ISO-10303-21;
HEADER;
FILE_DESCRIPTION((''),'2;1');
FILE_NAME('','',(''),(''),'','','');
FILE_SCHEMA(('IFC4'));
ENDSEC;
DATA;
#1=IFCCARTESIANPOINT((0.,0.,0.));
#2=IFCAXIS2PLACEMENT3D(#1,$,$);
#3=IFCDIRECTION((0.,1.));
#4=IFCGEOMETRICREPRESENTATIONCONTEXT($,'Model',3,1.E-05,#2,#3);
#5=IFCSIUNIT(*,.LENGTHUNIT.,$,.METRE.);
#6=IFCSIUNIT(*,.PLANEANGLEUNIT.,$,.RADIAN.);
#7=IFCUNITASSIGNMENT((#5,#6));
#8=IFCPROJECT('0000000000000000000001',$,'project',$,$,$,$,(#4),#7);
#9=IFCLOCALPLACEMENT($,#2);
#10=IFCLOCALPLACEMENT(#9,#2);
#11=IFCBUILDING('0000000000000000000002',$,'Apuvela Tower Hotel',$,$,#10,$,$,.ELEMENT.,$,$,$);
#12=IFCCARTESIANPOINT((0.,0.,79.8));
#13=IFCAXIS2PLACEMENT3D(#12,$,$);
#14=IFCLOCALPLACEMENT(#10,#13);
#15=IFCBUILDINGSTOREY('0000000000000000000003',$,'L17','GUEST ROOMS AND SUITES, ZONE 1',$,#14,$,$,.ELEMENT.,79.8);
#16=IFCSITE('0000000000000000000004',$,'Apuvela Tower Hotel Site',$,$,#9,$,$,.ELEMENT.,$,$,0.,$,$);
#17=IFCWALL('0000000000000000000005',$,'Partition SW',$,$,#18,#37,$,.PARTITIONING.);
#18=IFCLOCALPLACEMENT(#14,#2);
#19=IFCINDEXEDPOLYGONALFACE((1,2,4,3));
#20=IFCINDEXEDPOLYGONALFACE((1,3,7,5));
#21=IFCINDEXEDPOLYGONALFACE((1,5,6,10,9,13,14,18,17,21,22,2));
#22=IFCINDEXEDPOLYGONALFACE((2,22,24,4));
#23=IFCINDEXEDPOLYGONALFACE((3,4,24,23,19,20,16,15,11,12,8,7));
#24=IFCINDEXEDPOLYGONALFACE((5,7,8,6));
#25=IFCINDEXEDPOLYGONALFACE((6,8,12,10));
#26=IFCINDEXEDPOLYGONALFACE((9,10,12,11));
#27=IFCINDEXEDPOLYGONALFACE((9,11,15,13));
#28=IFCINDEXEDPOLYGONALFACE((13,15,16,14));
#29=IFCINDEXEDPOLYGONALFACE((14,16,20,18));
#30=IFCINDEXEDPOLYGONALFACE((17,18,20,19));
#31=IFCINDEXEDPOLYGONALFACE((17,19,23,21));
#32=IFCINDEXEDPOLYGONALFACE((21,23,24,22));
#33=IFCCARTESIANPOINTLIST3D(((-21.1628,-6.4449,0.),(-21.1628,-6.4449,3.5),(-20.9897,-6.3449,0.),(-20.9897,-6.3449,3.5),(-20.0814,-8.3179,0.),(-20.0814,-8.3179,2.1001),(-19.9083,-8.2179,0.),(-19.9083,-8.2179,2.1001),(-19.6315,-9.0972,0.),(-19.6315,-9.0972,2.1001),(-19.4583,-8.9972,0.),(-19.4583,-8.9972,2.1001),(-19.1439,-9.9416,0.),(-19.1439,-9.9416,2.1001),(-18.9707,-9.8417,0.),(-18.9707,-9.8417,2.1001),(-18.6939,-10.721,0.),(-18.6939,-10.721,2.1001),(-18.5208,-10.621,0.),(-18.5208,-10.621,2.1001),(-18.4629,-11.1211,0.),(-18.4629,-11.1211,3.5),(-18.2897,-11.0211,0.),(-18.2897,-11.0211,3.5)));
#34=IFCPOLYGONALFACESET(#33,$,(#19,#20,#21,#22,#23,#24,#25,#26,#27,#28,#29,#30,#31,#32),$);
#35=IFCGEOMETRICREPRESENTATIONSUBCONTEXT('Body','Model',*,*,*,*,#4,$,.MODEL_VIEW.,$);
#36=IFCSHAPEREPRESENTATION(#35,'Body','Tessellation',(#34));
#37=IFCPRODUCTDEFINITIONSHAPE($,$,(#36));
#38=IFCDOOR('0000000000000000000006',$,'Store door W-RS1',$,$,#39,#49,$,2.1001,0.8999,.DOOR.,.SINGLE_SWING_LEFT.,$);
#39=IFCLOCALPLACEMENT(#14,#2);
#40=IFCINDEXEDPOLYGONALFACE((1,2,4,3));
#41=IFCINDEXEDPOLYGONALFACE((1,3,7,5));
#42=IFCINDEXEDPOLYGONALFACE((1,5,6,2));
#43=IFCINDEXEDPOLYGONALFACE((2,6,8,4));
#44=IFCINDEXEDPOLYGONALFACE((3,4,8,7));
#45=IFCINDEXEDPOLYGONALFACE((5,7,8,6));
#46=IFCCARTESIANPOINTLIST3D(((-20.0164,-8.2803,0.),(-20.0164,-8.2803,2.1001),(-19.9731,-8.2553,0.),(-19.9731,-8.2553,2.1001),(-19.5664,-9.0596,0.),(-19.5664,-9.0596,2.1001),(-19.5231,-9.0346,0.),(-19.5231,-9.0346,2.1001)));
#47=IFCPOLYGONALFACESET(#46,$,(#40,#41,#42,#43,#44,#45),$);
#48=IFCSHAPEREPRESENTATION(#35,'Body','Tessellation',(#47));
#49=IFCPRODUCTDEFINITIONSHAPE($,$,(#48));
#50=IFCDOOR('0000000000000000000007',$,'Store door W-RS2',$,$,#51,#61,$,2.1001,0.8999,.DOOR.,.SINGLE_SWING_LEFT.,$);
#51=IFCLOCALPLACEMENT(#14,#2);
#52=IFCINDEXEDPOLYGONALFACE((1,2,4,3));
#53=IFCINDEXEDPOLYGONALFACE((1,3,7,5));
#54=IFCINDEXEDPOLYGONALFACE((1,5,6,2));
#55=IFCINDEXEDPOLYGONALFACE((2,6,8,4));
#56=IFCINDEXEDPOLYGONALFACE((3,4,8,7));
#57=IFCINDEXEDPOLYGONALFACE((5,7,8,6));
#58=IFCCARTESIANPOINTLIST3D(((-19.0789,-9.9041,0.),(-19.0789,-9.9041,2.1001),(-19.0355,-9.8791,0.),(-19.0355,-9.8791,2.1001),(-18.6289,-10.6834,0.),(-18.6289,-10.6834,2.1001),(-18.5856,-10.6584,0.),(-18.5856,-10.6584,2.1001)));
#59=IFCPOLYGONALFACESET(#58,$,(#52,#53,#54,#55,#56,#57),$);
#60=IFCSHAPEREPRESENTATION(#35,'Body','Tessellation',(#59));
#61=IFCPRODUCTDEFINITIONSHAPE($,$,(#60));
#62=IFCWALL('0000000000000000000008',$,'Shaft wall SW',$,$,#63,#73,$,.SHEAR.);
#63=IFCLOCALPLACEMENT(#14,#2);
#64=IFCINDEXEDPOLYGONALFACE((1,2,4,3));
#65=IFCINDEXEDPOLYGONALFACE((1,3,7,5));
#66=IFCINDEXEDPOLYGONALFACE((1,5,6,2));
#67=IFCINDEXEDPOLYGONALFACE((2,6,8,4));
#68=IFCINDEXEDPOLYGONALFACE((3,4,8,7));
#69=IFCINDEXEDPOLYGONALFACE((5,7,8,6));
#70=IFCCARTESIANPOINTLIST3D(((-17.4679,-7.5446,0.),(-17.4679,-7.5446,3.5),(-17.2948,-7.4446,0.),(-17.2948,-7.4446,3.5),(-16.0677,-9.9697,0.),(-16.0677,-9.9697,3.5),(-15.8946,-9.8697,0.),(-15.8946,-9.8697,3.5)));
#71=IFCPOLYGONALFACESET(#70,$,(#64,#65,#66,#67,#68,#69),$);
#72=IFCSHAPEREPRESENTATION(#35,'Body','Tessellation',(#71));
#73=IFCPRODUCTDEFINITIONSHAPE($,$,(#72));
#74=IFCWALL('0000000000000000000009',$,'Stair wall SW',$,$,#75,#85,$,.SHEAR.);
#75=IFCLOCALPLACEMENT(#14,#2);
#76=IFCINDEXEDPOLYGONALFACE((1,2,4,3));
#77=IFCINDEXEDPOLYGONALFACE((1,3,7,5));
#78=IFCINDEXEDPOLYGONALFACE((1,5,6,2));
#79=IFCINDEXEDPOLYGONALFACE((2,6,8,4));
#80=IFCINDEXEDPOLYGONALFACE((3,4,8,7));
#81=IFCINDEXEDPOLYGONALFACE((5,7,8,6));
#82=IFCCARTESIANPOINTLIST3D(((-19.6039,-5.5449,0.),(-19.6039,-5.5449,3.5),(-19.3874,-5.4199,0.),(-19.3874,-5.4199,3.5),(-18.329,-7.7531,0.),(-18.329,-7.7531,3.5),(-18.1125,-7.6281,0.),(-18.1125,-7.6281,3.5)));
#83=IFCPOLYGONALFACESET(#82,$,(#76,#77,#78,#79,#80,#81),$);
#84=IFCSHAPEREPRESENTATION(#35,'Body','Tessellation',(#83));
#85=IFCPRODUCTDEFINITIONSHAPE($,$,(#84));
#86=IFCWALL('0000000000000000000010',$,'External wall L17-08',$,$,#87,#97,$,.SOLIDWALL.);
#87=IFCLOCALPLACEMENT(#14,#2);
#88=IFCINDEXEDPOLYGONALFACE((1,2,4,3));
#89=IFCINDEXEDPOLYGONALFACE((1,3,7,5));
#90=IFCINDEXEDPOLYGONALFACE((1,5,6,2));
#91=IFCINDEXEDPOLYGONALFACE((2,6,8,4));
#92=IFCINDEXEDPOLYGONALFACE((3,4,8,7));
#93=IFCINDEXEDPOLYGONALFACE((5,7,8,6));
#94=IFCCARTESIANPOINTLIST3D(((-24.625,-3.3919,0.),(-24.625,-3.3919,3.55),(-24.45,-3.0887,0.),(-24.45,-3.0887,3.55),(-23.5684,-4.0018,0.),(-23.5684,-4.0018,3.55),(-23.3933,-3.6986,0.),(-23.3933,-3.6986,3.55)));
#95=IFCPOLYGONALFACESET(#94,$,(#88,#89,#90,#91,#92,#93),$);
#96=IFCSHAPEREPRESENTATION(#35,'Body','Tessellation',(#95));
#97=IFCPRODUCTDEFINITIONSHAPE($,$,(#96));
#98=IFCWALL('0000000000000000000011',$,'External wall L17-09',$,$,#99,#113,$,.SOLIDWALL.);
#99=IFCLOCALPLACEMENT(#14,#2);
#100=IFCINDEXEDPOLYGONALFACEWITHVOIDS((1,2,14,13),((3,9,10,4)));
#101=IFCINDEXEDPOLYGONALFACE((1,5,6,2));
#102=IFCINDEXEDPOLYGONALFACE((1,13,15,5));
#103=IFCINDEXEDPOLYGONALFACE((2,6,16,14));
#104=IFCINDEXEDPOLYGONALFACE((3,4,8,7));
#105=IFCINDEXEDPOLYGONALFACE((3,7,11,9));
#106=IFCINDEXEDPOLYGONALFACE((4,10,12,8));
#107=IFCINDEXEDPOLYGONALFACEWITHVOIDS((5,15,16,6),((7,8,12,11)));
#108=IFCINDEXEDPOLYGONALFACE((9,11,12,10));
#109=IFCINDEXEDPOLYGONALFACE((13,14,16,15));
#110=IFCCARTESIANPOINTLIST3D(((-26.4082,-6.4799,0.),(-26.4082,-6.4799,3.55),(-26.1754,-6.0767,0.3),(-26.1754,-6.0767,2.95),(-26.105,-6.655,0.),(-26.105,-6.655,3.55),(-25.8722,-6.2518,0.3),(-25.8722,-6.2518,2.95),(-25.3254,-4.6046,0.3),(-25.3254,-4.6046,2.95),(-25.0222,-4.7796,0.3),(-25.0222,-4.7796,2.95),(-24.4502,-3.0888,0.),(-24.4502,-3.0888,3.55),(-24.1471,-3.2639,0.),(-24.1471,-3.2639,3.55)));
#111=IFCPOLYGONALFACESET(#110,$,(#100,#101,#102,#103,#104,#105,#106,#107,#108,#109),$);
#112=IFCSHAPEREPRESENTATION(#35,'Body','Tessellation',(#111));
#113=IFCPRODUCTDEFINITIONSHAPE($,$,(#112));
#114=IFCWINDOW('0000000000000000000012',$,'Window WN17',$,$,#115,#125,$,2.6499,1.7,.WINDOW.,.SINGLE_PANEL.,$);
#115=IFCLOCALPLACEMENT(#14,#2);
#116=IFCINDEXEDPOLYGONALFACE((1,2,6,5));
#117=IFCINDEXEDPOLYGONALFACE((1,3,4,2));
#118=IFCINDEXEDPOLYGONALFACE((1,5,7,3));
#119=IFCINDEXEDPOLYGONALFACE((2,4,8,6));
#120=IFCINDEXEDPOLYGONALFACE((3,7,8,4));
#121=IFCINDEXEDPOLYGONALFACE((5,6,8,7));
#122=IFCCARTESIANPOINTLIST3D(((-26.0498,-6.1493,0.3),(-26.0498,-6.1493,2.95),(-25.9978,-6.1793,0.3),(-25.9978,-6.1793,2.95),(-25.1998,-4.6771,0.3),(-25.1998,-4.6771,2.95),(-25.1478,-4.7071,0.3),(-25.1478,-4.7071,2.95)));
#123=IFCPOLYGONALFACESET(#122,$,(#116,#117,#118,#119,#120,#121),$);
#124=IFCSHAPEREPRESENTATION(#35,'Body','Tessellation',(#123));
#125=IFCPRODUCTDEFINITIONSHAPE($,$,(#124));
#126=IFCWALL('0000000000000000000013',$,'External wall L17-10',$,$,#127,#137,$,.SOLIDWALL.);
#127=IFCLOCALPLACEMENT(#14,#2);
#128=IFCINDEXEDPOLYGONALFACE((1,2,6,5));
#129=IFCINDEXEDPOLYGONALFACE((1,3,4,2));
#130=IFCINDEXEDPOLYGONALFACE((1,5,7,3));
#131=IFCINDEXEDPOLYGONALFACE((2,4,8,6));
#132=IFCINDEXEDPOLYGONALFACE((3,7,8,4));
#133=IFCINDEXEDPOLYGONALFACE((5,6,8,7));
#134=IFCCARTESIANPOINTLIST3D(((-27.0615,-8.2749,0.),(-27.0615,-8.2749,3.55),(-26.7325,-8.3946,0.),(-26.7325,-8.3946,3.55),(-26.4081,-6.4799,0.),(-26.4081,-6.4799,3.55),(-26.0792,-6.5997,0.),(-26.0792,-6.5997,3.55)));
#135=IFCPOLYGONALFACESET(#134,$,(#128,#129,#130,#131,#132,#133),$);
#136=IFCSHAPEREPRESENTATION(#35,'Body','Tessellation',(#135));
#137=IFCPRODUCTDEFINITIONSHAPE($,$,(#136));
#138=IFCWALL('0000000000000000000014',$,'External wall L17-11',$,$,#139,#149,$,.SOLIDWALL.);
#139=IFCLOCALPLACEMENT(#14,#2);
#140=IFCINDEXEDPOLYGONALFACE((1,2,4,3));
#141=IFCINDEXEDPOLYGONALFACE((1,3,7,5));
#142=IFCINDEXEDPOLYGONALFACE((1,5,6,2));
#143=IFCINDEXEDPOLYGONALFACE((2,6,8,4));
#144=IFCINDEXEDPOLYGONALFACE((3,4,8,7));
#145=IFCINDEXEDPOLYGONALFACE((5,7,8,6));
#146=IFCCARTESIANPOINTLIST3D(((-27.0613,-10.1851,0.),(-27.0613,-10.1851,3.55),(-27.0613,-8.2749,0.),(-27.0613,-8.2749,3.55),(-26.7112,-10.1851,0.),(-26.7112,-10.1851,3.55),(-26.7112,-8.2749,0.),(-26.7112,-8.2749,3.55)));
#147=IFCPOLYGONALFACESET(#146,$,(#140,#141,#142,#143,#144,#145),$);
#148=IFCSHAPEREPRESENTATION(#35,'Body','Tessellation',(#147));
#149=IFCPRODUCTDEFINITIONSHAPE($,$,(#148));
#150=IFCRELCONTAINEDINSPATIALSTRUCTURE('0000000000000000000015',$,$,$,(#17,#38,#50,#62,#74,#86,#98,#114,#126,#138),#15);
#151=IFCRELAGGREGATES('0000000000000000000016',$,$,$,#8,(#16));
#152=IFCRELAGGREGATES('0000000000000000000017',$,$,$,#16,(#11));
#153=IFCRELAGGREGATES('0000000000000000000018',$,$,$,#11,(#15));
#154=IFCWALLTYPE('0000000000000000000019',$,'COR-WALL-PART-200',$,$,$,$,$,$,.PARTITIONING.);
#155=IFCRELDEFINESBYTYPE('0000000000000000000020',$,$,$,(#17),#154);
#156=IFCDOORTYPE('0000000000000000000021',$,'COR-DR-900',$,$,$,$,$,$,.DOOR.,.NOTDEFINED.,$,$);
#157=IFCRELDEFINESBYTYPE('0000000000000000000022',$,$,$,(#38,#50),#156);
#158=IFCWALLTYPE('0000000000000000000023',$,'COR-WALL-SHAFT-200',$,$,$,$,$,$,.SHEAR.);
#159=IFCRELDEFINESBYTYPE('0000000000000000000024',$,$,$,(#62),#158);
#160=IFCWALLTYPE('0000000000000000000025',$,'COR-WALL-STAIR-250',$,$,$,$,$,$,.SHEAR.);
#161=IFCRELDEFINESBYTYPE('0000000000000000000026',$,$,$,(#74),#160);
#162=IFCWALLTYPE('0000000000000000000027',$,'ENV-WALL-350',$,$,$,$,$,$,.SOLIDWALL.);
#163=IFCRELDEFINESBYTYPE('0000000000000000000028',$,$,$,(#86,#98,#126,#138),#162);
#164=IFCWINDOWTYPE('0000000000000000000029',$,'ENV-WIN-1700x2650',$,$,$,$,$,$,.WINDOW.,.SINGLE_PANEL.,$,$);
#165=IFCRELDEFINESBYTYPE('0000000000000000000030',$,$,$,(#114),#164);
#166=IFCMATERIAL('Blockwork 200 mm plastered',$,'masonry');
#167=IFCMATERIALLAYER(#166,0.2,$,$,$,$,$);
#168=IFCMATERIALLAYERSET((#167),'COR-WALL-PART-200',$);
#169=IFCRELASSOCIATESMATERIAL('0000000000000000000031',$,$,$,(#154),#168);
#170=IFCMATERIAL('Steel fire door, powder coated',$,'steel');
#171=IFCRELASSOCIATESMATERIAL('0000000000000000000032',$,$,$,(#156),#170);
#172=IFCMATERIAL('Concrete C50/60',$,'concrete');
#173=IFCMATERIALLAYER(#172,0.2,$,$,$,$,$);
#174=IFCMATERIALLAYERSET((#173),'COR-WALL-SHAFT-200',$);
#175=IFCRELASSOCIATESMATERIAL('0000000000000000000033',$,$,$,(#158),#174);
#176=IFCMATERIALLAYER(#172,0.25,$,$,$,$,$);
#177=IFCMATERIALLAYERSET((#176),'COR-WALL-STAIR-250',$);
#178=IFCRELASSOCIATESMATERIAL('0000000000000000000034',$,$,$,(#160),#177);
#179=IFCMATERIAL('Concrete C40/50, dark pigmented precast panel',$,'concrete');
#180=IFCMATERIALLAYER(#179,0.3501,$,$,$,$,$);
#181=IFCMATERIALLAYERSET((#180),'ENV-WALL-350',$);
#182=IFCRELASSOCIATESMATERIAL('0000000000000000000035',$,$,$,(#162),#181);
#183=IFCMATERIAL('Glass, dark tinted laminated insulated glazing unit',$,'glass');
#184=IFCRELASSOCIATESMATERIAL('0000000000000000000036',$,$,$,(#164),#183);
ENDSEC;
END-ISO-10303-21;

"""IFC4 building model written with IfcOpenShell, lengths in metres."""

from ifc_helpers import new_model, si_unit, direction, frame, frame_2d, origin, place, context, subcontext, project, spatial, rectangle, extrude, material, layer, layer_set, type_object, element, fill, save


model = new_model("IFC4")

# Units and contexts
model_context = context("Model", 3, precision=1e-05, world=origin(), true_north=direction((0.0, 1.0)))
body_context = subcontext(model_context, "Body", "Model", "MODEL_VIEW")
ifc_project = project(units=[si_unit("LENGTHUNIT", "METRE"), si_unit("PLANEANGLEUNIT", "RADIAN")], contexts=[model_context])

# Site, building, storey
site_placement = place(None, origin())
site = spatial("IfcSite", under=ifc_project, at=site_placement, Name="Apuvela Tower Hotel Site", CompositionType="ELEMENT", RefElevation=0.0)
building_placement = place(site_placement, origin())
building = spatial("IfcBuilding", under=site, at=building_placement, Name="Apuvela Tower Hotel", CompositionType="ELEMENT")
storey_placement = place(building_placement, frame((0.0, 0.0, 79.8)))
storey = spatial("IfcBuildingStorey", under=building, at=storey_placement, Name="L17", Description="GUEST ROOMS AND SUITES, ZONE 1", CompositionType="ELEMENT", Elevation=79.8)

# Wall, openings, doors
ifc_material_1 = material(Name="Blockwork 200 mm plastered", Category="masonry")
ifc_layer_1 = layer(ifc_material_1, 0.2)
ifc_layer_set_1 = layer_set([ifc_layer_1], Name="COR-WALL-PART-200")
wall_type_1 = type_object("IfcWallType", Name="COR-WALL-PART-200", PredefinedType="PARTITIONING", material=ifc_layer_set_1)
wall_1_placement = place(storey_placement, frame((-21.0762, -6.395, 0.0), z_axis=(0.0, 0.0, 1.0), x_axis=(0.500015, -0.866017, 0.0)))
wall_1 = element("IfcWall", 1, at=wall_1_placement, inside=storey, type_object=wall_type_1, Name="Partition SW", PredefinedType="PARTITIONING", context=body_context, shape_type="SweptSolid", body=[
    extrude(rectangle(XDim=5.3997, YDim=0.2, at=frame_2d((2.6997, 0.0))), origin(), (0.0, 0.0, 1.0), 3.5),
])
opening_1_placement = place(wall_1_placement, frame((2.1626, 0.0, 0.0)))
opening_1 = element("IfcOpeningElement", 2, at=opening_1_placement, cuts=wall_1, PredefinedType="OPENING", context=body_context, shape_type="SweptSolid", body=[
    extrude(rectangle(XDim=0.8999, YDim=2.1001, at=frame_2d((0.45, 1.05))), frame((0.0, 0.1099, 0.0), z_axis=(0.0, -1.0, 0.0), x_axis=(1.0, 0.0, 0.0)), (0.0, 0.0, 1.0), 0.22),
])
opening_2_placement = place(wall_1_placement, frame((4.0376, 0.0, 0.0)))
opening_2 = element("IfcOpeningElement", 3, at=opening_2_placement, cuts=wall_1, PredefinedType="OPENING", context=body_context, shape_type="SweptSolid", body=[
    extrude(rectangle(XDim=0.8999, YDim=2.1001, at=frame_2d((0.45, 1.05))), frame((0.0, 0.1099, 0.0), z_axis=(0.0, -1.0, 0.0), x_axis=(1.0, 0.0, 0.0)), (0.0, 0.0, 1.0), 0.22),
])
ifc_material_2 = material(Name="Steel fire door, powder coated", Category="steel")
door_type_1 = type_object("IfcDoorType", Name="COR-DR-900", OperationType="NOTDEFINED", PredefinedType="DOOR", material=ifc_material_2)
door_1_placement = place(opening_1_placement, frame((0.8999, 0.0, 0.0), z_axis=(0.0, 0.0, 1.0), x_axis=(-1.0, 0.0, 0.0)))
door_1 = element("IfcDoor", 4, at=door_1_placement, inside=storey, type_object=door_type_1, Name="Store door W-RS1", OperationType="SINGLE_SWING_LEFT", OverallHeight=2.1001, OverallWidth=0.8999, PredefinedType="DOOR", context=body_context, shape_type="SweptSolid", body=[
    extrude(rectangle(XDim=0.8999, YDim=2.1001, at=frame_2d((0.45, 1.05))), frame((0.0, 0.0249, 0.0), z_axis=(0.0, -1.0, 0.0), x_axis=(1.0, 0.0, 0.0)), (0.0, 0.0, 1.0), 0.05),
])
fill(opening_1, door_1)
door_2_placement = place(opening_2_placement, frame((0.8999, 0.0, 0.0), z_axis=(0.0, 0.0, 1.0), x_axis=(-1.0, 0.0, 0.0)))
door_2 = element("IfcDoor", 5, at=door_2_placement, inside=storey, type_object=door_type_1, Name="Store door W-RS2", OperationType="SINGLE_SWING_LEFT", OverallHeight=2.1001, OverallWidth=0.8999, PredefinedType="DOOR", context=body_context, shape_type="SweptSolid", body=[
    extrude(rectangle(XDim=0.8999, YDim=2.1001, at=frame_2d((0.45, 1.05))), frame((0.0, 0.0249, 0.0), z_axis=(0.0, -1.0, 0.0), x_axis=(1.0, 0.0, 0.0)), (0.0, 0.0, 1.0), 0.05),
])
fill(opening_2, door_2)

# Walls
ifc_material_3 = material(Name="Concrete C50/60", Category="concrete")
ifc_layer_2 = layer(ifc_material_3, 0.2)
ifc_layer_set_2 = layer_set([ifc_layer_2], Name="COR-WALL-SHAFT-200")
wall_type_2 = type_object("IfcWallType", Name="COR-WALL-SHAFT-200", PredefinedType="SHEAR", material=ifc_layer_set_2)
wall_2_placement = place(storey_placement, frame((-17.3813, -7.4946, 0.0), z_axis=(0.0, 0.0, 1.0), x_axis=(0.500012, -0.866019, 0.0)))
element("IfcWall", 6, at=wall_2_placement, inside=storey, type_object=wall_type_2, Name="Shaft wall SW", PredefinedType="SHEAR", context=body_context, shape_type="SweptSolid", body=[
    extrude(rectangle(XDim=2.8003, YDim=0.2, at=frame_2d((1.4001, 0.0))), origin(), (0.0, 0.0, 1.0), 3.5),
])
ifc_layer_3 = layer(ifc_material_3, 0.25)
ifc_layer_set_3 = layer_set([ifc_layer_3], Name="COR-WALL-STAIR-250")
wall_type_3 = type_object("IfcWallType", Name="COR-WALL-STAIR-250", PredefinedType="SHEAR", material=ifc_layer_set_3)
wall_3_placement = place(storey_placement, frame((-19.4956, -5.4824, 0.0), z_axis=(0.0, 0.0, 1.0), x_axis=(0.49999, -0.866031, 0.0)))
element("IfcWall", 7, at=wall_3_placement, inside=storey, type_object=wall_type_3, Name="Stair wall SW", PredefinedType="SHEAR", context=body_context, shape_type="SweptSolid", body=[
    extrude(rectangle(XDim=2.5498, YDim=0.25, at=frame_2d((1.2749, 0.0))), origin(), (0.0, 0.0, 1.0), 3.5),
])
ifc_material_4 = material(Name="Concrete C40/50, dark pigmented precast panel", Category="concrete")
ifc_layer_4 = layer(ifc_material_4, 0.3501)
ifc_layer_set_4 = layer_set([ifc_layer_4], Name="ENV-WALL-350")
wall_type_4 = type_object("IfcWallType", Name="ENV-WALL-350", PredefinedType="SOLIDWALL", material=ifc_layer_set_4)
wall_4_placement = place(storey_placement, frame((-23.481, -3.8501, 0.0), z_axis=(0.0, 0.0, 1.0), x_axis=(-0.866092, 0.499884, 0.0)))
element("IfcWall", 8, at=wall_4_placement, inside=storey, type_object=wall_type_4, Name="External wall L17-08", PredefinedType="SOLIDWALL", context=body_context, shape_type="SweptSolid", body=[
    extrude(rectangle(XDim=1.22, YDim=0.3501, at=frame_2d((0.6099, 0.0))), origin(), (0.0, 0.0, 1.0), 3.55),
])

# Wall, opening, window
wall_5_placement = place(storey_placement, frame((-24.2986, -3.1763, 0.0), z_axis=(0.0, 0.0, 1.0), x_axis=(-0.500028, -0.866009, 0.0)))
wall_5 = element("IfcWall", 9, at=wall_5_placement, inside=storey, type_object=wall_type_4, Name="External wall L17-09", PredefinedType="SOLIDWALL", context=body_context, shape_type="SweptSolid", body=[
    extrude(rectangle(XDim=3.9158, YDim=0.3501, at=frame_2d((1.958, 0.0))), origin(), (0.0, 0.0, 1.0), 3.55),
])
opening_3_placement = place(wall_5_placement, frame((1.7502, 0.0, 0.3)))
opening_3 = element("IfcOpeningElement", 10, at=opening_3_placement, cuts=wall_5, PredefinedType="OPENING", context=body_context, shape_type="SweptSolid", body=[
    extrude(rectangle(XDim=1.7, YDim=2.6499, at=frame_2d((0.8501, 1.325))), frame((0.0, 0.1851, 0.0), z_axis=(0.0, -1.0, 0.0), x_axis=(1.0, 0.0, 0.0)), (0.0, 0.0, 1.0), 0.3701),
])
ifc_material_5 = material(Name="Glass, dark tinted laminated insulated glazing unit", Category="glass")
window_type = type_object("IfcWindowType", Name="ENV-WIN-1700x2650", PartitioningType="SINGLE_PANEL", PredefinedType="WINDOW", material=ifc_material_5)
window_placement = place(opening_3_placement, origin())
window = element("IfcWindow", 11, at=window_placement, inside=storey, type_object=window_type, Name="Window WN17", OverallHeight=2.6499, OverallWidth=1.7, PartitioningType="SINGLE_PANEL", PredefinedType="WINDOW", context=body_context, shape_type="SweptSolid", body=[
    extrude(rectangle(XDim=1.7, YDim=2.6499, at=frame_2d((0.8501, 1.325))), frame((0.0, 0.03, 0.0), z_axis=(0.0, -1.0, 0.0), x_axis=(1.0, 0.0, 0.0)), (0.0, 0.0, 1.0), 0.0601),
])
fill(opening_3, window)

# Walls
for number, where, z_axis, x_axis, name in (
    (12, (-26.2437, -6.5398, 0.0), (0.0, 0.0, 1.0), (-0.34203, -0.939689, 0.0), "External wall L17-10"),
    (13, (-26.8862, -8.2749, 0.0), (0.0, 0.0, 1.0), (0.0, -1.0, 0.0), "External wall L17-11"),
):
    element("IfcWall", number, at=place(storey_placement, frame(where, z_axis=z_axis, x_axis=x_axis)), inside=storey, type_object=wall_type_4, Name=name, PredefinedType="SOLIDWALL", context=body_context, shape_type="SweptSolid", body=[
        extrude(rectangle(XDim=1.9102, YDim=0.3501, at=frame_2d((0.9551, 0.0))), origin(), (0.0, 0.0, 1.0), 3.55),
    ])

save(model, "model.ifc")
